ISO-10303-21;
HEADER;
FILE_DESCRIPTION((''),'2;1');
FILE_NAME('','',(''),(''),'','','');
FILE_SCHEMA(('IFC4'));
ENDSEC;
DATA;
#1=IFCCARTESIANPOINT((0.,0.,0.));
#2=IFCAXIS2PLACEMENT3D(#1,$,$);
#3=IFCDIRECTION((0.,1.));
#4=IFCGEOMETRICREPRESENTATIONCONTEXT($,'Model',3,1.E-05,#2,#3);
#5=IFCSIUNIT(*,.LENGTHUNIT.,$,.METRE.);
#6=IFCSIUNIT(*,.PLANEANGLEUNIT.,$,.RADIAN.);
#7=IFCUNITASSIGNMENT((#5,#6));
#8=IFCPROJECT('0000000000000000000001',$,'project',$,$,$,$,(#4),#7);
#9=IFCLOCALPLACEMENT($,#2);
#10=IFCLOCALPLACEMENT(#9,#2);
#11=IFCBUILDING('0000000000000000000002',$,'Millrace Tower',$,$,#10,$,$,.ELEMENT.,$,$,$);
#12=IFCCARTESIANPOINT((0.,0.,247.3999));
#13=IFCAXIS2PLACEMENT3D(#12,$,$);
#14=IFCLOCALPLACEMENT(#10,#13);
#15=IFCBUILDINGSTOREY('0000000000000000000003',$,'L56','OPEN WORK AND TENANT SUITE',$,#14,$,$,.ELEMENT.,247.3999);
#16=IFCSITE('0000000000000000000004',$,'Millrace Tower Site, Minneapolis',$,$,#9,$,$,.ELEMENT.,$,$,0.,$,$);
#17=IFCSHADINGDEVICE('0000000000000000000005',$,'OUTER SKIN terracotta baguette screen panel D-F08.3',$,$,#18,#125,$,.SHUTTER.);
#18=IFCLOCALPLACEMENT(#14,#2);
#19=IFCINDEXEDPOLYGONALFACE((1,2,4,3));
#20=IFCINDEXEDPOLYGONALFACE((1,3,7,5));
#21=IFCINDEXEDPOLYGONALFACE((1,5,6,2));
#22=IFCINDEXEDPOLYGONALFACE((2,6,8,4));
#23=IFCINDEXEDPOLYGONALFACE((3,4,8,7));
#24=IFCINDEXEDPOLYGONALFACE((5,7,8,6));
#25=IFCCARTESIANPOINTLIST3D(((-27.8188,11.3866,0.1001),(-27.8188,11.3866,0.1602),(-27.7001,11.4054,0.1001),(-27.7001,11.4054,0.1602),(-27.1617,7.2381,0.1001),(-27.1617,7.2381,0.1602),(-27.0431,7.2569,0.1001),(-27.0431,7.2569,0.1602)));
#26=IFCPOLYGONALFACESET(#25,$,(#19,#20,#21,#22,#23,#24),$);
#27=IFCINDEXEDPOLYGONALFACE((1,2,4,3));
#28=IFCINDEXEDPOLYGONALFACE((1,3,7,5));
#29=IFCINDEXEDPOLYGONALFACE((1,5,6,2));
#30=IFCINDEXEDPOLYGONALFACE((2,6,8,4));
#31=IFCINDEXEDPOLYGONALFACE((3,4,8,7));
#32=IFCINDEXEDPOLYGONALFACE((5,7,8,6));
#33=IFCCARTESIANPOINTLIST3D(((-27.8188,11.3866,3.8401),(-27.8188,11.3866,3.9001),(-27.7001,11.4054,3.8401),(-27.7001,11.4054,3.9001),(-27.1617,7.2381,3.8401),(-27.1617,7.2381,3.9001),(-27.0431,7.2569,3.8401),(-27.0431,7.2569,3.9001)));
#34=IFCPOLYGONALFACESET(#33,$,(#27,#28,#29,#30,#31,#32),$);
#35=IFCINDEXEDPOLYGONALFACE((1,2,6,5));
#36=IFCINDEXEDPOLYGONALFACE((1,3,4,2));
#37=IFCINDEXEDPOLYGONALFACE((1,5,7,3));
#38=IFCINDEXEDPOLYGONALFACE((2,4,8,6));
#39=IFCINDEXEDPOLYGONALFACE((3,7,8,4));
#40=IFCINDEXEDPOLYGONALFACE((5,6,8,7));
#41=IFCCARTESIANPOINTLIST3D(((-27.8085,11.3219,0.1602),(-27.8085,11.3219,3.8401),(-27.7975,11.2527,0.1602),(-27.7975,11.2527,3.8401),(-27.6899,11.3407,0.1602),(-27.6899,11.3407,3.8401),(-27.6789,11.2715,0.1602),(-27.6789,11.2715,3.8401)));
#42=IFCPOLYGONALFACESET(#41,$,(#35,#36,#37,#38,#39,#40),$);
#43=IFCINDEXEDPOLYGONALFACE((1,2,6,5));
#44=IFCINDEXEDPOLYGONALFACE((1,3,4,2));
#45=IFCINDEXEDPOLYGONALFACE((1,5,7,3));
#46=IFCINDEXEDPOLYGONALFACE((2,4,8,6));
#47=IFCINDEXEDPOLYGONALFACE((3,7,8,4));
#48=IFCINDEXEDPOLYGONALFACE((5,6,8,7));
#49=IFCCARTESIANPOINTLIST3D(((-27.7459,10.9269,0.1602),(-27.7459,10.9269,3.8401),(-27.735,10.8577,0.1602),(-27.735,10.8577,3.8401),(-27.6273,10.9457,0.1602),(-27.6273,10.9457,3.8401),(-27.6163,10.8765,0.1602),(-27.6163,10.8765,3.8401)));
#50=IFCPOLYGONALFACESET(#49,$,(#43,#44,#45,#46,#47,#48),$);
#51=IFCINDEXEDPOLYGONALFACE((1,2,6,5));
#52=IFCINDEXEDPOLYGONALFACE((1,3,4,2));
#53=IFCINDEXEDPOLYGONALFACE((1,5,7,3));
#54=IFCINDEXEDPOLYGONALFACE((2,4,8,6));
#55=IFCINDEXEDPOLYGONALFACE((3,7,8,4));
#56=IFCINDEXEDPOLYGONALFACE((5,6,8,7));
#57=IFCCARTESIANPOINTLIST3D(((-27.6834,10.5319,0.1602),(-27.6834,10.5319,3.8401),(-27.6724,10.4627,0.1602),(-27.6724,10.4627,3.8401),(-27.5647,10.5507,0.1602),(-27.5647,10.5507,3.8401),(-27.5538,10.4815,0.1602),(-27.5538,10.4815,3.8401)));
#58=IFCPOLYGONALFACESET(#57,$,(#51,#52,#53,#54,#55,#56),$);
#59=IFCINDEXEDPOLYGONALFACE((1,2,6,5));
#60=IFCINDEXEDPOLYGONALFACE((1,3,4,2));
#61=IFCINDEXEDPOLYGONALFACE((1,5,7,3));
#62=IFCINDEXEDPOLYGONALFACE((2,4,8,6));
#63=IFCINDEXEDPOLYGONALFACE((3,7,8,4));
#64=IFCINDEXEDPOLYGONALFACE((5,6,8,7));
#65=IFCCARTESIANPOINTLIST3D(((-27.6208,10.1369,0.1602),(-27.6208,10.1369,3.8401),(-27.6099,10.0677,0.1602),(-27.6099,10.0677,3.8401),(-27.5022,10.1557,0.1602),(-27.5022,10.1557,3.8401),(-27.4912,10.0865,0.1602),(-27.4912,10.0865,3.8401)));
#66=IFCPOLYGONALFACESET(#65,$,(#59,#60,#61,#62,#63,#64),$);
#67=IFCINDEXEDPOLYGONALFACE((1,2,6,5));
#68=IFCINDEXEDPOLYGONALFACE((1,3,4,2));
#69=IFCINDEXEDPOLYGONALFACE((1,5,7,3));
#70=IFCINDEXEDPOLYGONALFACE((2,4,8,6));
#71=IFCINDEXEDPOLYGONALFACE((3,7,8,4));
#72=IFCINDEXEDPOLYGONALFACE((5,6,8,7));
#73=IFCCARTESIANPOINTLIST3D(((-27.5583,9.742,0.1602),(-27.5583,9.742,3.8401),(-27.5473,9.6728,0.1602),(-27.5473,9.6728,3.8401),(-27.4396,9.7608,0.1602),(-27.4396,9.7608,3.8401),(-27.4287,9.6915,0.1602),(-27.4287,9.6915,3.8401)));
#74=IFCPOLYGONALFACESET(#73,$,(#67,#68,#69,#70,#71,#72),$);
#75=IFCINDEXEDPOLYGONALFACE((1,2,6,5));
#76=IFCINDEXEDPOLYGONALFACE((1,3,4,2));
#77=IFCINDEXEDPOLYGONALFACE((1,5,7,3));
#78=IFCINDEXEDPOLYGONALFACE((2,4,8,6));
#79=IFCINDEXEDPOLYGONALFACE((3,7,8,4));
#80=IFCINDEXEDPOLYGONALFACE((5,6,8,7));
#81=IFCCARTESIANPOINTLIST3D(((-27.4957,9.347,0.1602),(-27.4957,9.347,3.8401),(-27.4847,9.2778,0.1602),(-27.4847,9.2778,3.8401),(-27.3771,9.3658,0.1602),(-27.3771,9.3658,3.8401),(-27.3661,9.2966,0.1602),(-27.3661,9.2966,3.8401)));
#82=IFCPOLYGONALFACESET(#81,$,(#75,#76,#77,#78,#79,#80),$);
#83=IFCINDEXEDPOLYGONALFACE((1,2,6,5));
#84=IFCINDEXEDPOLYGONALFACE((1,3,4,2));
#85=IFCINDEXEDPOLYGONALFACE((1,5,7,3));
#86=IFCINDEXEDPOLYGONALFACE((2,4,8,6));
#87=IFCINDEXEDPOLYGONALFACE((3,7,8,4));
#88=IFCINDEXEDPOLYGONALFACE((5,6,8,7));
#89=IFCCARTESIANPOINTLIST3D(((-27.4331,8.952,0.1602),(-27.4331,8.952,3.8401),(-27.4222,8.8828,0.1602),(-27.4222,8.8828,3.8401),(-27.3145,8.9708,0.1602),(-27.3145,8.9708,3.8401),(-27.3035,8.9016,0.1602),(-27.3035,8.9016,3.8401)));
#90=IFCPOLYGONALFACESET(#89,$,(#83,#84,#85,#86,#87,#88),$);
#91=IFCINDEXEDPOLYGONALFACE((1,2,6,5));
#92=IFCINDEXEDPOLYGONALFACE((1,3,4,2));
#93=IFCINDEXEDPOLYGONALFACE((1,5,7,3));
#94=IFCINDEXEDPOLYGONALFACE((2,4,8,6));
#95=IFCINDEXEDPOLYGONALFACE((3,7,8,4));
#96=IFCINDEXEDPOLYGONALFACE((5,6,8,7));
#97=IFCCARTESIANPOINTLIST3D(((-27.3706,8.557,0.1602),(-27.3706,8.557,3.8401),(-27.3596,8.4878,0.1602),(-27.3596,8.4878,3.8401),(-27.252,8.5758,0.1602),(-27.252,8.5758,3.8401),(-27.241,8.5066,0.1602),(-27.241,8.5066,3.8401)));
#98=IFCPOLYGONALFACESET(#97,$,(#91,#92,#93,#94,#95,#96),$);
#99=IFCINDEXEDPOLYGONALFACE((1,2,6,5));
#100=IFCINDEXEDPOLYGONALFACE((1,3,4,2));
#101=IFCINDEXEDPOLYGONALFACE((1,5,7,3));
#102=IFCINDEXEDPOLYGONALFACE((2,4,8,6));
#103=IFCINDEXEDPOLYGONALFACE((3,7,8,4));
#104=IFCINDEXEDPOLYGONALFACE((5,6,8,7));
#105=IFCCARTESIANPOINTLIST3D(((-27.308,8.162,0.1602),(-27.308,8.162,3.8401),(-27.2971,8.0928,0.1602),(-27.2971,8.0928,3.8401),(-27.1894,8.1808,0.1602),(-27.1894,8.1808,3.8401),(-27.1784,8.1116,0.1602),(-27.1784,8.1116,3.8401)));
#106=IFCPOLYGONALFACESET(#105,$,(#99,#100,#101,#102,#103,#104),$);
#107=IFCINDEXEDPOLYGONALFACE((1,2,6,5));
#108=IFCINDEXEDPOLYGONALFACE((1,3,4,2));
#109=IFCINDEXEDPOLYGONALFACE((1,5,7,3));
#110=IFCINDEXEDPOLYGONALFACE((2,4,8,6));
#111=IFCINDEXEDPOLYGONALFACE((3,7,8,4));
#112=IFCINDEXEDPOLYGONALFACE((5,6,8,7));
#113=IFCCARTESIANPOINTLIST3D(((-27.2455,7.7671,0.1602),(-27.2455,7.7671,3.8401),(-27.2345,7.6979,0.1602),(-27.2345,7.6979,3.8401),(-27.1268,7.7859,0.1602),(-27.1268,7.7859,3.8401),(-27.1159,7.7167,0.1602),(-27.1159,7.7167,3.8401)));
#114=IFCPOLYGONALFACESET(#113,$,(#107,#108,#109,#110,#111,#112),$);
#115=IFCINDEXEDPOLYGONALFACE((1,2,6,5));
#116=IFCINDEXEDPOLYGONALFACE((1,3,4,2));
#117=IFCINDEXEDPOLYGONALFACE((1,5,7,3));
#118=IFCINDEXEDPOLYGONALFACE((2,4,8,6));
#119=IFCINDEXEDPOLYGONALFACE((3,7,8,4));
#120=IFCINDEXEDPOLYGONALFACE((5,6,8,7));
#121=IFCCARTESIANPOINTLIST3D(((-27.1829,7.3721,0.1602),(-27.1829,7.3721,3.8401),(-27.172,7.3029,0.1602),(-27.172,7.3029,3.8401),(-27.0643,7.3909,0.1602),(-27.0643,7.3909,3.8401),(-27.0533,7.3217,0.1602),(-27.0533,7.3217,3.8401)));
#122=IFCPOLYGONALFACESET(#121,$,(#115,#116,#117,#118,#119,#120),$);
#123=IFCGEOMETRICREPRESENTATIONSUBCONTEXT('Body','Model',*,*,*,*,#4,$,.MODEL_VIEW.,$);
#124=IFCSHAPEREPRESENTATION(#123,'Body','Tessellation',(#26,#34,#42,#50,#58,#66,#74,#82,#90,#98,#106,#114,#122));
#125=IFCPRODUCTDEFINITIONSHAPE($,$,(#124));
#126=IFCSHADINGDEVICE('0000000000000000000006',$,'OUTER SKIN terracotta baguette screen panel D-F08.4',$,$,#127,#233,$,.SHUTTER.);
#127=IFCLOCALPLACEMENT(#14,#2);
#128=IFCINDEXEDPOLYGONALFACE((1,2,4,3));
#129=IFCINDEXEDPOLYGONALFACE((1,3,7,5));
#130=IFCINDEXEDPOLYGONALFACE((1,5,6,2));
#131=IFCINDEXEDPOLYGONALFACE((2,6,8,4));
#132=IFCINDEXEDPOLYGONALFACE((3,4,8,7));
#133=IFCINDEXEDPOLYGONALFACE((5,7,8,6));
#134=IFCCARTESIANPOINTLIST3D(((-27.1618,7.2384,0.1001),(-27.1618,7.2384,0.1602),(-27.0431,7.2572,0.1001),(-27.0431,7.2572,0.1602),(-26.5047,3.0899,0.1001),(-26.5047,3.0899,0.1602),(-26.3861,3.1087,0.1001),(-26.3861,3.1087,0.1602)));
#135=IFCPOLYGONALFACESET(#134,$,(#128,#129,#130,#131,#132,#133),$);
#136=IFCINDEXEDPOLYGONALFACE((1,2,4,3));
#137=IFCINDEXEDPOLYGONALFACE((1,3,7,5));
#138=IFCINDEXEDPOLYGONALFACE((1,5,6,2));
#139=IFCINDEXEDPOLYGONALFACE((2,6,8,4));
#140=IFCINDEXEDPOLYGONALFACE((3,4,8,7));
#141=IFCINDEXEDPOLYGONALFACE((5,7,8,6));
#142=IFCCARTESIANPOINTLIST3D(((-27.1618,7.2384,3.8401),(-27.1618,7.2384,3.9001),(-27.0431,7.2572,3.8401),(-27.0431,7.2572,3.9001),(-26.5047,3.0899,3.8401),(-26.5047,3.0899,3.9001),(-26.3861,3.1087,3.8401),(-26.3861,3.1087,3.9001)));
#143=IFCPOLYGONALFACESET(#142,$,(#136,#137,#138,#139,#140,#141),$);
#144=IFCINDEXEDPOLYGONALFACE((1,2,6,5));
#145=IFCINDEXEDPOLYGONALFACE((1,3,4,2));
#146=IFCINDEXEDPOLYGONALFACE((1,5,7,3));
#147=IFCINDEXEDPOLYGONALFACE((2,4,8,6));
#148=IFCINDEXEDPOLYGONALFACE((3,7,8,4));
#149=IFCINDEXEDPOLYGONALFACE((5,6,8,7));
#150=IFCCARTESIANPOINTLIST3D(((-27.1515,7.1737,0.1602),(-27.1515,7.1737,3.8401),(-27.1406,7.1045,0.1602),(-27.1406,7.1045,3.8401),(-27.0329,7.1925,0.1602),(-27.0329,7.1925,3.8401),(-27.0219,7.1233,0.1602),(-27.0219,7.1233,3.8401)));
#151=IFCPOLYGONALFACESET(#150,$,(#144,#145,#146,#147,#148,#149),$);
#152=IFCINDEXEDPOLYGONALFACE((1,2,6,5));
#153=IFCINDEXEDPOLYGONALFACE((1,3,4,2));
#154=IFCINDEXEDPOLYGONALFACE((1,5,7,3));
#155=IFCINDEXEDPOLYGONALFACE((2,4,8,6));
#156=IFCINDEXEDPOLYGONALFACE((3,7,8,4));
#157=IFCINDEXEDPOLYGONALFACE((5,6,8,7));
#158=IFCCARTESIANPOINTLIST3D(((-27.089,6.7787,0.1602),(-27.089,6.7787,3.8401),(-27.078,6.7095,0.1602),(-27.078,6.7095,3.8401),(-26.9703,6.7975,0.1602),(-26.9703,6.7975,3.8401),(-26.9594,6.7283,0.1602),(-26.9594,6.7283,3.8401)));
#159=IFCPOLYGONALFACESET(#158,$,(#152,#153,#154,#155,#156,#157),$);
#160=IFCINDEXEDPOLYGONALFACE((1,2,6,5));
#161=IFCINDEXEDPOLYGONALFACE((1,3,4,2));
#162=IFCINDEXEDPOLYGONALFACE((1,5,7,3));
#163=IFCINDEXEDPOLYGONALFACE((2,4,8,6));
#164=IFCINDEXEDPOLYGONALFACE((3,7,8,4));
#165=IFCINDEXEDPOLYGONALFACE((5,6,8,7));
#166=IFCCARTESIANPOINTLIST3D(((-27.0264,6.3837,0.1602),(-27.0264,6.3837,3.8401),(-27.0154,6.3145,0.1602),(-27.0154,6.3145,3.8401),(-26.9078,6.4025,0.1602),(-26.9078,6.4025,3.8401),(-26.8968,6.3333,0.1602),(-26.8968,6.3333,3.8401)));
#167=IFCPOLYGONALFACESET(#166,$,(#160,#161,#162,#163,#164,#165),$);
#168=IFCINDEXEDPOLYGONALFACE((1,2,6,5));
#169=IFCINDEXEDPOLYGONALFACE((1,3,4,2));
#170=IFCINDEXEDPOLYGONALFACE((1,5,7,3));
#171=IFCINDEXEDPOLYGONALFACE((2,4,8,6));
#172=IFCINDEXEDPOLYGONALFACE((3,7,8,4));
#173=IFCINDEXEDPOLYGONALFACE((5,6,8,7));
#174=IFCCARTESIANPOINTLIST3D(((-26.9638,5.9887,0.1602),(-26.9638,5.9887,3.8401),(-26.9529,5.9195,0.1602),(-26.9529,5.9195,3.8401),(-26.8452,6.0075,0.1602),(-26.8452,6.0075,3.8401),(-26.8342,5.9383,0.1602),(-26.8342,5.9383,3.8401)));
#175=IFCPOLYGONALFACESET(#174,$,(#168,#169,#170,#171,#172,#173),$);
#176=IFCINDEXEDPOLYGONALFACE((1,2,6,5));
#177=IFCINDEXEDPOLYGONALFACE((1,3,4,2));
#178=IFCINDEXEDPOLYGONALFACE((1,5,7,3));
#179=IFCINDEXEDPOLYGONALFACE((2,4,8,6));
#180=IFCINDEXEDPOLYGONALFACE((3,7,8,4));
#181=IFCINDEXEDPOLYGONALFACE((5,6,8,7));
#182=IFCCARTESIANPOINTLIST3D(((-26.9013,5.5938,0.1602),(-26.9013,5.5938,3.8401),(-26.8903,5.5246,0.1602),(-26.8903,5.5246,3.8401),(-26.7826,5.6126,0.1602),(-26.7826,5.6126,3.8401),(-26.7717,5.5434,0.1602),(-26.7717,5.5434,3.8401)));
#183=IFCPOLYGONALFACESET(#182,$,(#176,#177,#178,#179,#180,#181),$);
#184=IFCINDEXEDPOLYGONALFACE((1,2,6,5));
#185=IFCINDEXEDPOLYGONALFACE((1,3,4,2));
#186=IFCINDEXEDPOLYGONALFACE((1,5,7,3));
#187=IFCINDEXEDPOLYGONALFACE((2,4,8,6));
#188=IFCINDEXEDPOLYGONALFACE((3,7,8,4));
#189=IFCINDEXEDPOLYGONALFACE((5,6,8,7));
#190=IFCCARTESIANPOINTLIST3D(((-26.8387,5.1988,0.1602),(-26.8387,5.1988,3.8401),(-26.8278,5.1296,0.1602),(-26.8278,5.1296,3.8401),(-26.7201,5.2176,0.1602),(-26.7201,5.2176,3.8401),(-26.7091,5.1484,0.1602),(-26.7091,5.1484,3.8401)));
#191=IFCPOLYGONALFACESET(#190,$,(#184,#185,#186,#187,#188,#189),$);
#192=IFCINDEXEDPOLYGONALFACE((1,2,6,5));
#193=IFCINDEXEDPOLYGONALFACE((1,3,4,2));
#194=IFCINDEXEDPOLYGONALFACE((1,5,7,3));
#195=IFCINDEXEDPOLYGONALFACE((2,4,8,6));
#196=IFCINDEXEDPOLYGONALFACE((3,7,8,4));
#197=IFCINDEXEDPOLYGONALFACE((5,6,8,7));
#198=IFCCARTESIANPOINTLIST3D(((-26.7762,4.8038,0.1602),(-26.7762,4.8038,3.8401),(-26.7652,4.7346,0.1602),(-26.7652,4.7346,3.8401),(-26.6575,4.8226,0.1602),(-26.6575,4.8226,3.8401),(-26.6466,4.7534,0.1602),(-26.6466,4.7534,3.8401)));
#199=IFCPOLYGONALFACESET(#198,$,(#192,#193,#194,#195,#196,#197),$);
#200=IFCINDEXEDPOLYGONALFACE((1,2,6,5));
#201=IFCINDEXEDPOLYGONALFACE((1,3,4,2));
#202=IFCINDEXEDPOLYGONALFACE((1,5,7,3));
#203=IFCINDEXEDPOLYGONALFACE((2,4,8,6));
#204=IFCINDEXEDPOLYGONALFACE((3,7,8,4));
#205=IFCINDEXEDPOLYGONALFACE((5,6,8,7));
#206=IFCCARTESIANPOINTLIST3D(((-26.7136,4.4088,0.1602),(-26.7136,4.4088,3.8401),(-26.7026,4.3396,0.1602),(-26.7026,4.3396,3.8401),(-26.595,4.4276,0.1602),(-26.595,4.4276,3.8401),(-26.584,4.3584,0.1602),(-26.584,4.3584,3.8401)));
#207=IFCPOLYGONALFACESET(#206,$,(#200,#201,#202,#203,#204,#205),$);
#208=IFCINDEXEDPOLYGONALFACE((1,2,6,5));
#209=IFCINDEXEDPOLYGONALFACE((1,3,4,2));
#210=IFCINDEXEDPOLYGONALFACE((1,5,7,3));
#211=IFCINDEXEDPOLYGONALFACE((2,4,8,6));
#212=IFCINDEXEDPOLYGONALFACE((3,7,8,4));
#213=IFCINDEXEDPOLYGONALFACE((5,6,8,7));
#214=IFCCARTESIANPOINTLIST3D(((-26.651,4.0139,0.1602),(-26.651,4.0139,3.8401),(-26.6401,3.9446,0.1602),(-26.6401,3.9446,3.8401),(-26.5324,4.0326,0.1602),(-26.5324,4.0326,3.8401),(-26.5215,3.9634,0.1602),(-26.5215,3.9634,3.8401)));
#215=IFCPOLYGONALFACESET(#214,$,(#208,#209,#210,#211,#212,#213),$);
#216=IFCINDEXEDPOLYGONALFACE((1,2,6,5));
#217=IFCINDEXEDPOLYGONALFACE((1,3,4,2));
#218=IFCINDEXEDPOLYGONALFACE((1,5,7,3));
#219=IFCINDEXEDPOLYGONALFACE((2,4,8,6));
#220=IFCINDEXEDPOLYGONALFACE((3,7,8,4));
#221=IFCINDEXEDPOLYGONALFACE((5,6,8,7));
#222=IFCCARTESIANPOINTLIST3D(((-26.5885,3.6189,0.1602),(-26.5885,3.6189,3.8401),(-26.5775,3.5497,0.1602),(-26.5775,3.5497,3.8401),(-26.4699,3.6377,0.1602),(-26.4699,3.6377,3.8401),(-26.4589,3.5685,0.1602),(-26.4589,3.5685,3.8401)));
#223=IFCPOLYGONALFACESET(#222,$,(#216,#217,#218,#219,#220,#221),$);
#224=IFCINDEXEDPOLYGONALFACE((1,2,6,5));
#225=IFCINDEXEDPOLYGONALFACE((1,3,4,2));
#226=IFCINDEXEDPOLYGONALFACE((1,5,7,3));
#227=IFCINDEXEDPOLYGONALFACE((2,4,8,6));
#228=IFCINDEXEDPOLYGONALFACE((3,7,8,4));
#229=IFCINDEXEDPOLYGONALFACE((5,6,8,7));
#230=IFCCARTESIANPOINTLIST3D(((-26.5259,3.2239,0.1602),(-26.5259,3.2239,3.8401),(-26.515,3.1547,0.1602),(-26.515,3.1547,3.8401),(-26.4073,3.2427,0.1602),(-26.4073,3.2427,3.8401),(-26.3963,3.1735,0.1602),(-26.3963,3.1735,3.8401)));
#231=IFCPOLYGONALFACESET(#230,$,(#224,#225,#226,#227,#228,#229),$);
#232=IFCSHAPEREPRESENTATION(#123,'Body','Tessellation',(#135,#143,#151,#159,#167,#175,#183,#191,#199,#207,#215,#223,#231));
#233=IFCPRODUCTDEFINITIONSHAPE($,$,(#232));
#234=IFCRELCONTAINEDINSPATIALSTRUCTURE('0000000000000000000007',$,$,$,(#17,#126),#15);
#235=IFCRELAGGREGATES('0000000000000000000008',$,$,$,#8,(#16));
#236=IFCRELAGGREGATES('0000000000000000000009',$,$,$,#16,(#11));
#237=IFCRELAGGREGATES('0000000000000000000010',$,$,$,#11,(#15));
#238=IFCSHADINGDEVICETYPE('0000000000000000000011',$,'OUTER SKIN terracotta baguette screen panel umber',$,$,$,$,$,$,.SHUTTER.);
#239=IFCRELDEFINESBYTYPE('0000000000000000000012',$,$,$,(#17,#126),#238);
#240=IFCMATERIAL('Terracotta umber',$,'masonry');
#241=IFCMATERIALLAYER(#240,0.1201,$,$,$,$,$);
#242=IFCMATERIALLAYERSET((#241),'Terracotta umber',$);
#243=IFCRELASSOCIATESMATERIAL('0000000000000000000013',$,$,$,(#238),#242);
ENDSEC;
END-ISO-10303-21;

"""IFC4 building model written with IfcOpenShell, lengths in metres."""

from ifc_helpers import new_model, entity, si_unit, direction, frame, frame_2d, origin, origin_2d, place, context, subcontext, project, spatial, rectangle, extrude, source, transform, mapped, material, layer, layer_set, type_object, element, save


model = new_model("IFC4")

# Units and contexts
model_context = context("Model", 3, precision=1e-05, world=origin(), true_north=direction((0.0, 1.0)))
body_context = subcontext(model_context, "Body", "Model", "MODEL_VIEW")
ifc_project = project(units=[si_unit("LENGTHUNIT", "METRE"), si_unit("PLANEANGLEUNIT", "RADIAN")], contexts=[model_context])

# Site, building, storey
site_placement = place(None, origin())
site = spatial("IfcSite", under=ifc_project, at=site_placement, Name="Millrace Tower Site, Minneapolis", CompositionType="ELEMENT", RefElevation=0.0)
building_placement = place(site_placement, origin())
building = spatial("IfcBuilding", under=site, at=building_placement, Name="Millrace Tower", CompositionType="ELEMENT")
storey_placement = place(building_placement, frame((0.0, 0.0, 247.3999)))
storey = spatial("IfcBuildingStorey", under=building, at=storey_placement, Name="L56", Description="OPEN WORK AND TENANT SUITE", CompositionType="ELEMENT", Elevation=247.3999)

# Shading devices
ifc_material_1 = material(Name="Terracotta umber", Category="masonry")
ifc_layer_1 = layer(ifc_material_1, 0.1201)
ifc_layer_set_1 = layer_set([ifc_layer_1], Name="Terracotta umber")
shading_device_type = type_object("IfcShadingDeviceType", Name="OUTER SKIN terracotta baguette screen panel umber", PredefinedType="SHUTTER", material=ifc_layer_set_1)
cartesian_point = entity("IfcCartesianPoint", [-2.1001, 0.0601])
shared_polyline = entity("IfcPolyline", [cartesian_point, entity("IfcCartesianPoint", [2.1001, 0.0601]), entity("IfcCartesianPoint", [2.1001, -0.0601]), entity("IfcCartesianPoint", [-2.1001, -0.0601]), cartesian_point])
shared_shape = source(origin(), body_context, "Body", "SweptSolid", [
    entity("IfcExtrudedAreaSolid", entity("IfcArbitraryClosedProfileDef", "AREA", None, shared_polyline), entity("IfcAxis2Placement3D", entity("IfcCartesianPoint", [0.0, 0.0, 0.0])), entity("IfcDirection", [0.0, 0.0, 1.0]), 0.0601),
    entity("IfcExtrudedAreaSolid", entity("IfcArbitraryClosedProfileDef", "AREA", None, shared_polyline), entity("IfcAxis2Placement3D", entity("IfcCartesianPoint", [0.0, 0.0, 3.74])), entity("IfcDirection", [0.0, 0.0, 1.0]), 0.0601),
    extrude(rectangle(XDim=0.0701, YDim=0.1201, at=frame_2d((-1.9995, 0.0))), frame((0.0, 0.0, 0.0601)), (0.0, 0.0, 1.0), 3.6799),
    extrude(rectangle(XDim=0.0701, YDim=0.1201, at=frame_2d((-1.5996, 0.0))), frame((0.0, 0.0, 0.0601)), (0.0, 0.0, 1.0), 3.6799),
    extrude(rectangle(XDim=0.0701, YDim=0.1201, at=frame_2d((-1.1997, 0.0))), frame((0.0, 0.0, 0.0601)), (0.0, 0.0, 1.0), 3.6799),
    extrude(rectangle(XDim=0.0701, YDim=0.1201, at=frame_2d((-0.7998, 0.0))), frame((0.0, 0.0, 0.0601)), (0.0, 0.0, 1.0), 3.6799),
    extrude(rectangle(XDim=0.0701, YDim=0.1201, at=frame_2d((-0.3999, 0.0))), frame((0.0, 0.0, 0.0601)), (0.0, 0.0, 1.0), 3.6799),
    extrude(rectangle(XDim=0.0701, YDim=0.1201, at=origin_2d()), frame((0.0, 0.0, 0.0601)), (0.0, 0.0, 1.0), 3.6799),
    extrude(rectangle(XDim=0.0701, YDim=0.1201, at=frame_2d((0.3999, 0.0))), frame((0.0, 0.0, 0.0601)), (0.0, 0.0, 1.0), 3.6799),
    extrude(rectangle(XDim=0.0701, YDim=0.1201, at=frame_2d((0.7998, 0.0))), frame((0.0, 0.0, 0.0601)), (0.0, 0.0, 1.0), 3.6799),
    extrude(rectangle(XDim=0.0701, YDim=0.1201, at=frame_2d((1.1997, 0.0))), frame((0.0, 0.0, 0.0601)), (0.0, 0.0, 1.0), 3.6799),
    extrude(rectangle(XDim=0.0701, YDim=0.1201, at=frame_2d((1.5996, 0.0))), frame((0.0, 0.0, 0.0601)), (0.0, 0.0, 1.0), 3.6799),
    extrude(rectangle(XDim=0.0701, YDim=0.1201, at=frame_2d((1.9995, 0.0))), frame((0.0, 0.0, 0.0601)), (0.0, 0.0, 1.0), 3.6799),
])
for number, where, z_axis, x_axis, name in (
    (1, (-27.4309, 9.3218, 0.1001), (0.0, 0.0, 1.0), (0.156434, -0.987688, 0.0), "OUTER SKIN terracotta baguette screen panel D-F08.3"),
    (2, (-26.7739, 5.1736, 0.1001), (0.0, 0.0, 1.0), (0.156434, -0.987688, 0.0), "OUTER SKIN terracotta baguette screen panel D-F08.4"),
):
    element("IfcShadingDevice", number, at=place(storey_placement, frame(where, z_axis=z_axis, x_axis=x_axis)), inside=storey, type_object=shading_device_type, Name=name, PredefinedType="SHUTTER", context=body_context, shape_type="MappedRepresentation", body=[
        mapped(shared_shape, transform((0.0, 0.0, 0.0), scale=1.0)),
    ])

save(model, "model.ifc")
